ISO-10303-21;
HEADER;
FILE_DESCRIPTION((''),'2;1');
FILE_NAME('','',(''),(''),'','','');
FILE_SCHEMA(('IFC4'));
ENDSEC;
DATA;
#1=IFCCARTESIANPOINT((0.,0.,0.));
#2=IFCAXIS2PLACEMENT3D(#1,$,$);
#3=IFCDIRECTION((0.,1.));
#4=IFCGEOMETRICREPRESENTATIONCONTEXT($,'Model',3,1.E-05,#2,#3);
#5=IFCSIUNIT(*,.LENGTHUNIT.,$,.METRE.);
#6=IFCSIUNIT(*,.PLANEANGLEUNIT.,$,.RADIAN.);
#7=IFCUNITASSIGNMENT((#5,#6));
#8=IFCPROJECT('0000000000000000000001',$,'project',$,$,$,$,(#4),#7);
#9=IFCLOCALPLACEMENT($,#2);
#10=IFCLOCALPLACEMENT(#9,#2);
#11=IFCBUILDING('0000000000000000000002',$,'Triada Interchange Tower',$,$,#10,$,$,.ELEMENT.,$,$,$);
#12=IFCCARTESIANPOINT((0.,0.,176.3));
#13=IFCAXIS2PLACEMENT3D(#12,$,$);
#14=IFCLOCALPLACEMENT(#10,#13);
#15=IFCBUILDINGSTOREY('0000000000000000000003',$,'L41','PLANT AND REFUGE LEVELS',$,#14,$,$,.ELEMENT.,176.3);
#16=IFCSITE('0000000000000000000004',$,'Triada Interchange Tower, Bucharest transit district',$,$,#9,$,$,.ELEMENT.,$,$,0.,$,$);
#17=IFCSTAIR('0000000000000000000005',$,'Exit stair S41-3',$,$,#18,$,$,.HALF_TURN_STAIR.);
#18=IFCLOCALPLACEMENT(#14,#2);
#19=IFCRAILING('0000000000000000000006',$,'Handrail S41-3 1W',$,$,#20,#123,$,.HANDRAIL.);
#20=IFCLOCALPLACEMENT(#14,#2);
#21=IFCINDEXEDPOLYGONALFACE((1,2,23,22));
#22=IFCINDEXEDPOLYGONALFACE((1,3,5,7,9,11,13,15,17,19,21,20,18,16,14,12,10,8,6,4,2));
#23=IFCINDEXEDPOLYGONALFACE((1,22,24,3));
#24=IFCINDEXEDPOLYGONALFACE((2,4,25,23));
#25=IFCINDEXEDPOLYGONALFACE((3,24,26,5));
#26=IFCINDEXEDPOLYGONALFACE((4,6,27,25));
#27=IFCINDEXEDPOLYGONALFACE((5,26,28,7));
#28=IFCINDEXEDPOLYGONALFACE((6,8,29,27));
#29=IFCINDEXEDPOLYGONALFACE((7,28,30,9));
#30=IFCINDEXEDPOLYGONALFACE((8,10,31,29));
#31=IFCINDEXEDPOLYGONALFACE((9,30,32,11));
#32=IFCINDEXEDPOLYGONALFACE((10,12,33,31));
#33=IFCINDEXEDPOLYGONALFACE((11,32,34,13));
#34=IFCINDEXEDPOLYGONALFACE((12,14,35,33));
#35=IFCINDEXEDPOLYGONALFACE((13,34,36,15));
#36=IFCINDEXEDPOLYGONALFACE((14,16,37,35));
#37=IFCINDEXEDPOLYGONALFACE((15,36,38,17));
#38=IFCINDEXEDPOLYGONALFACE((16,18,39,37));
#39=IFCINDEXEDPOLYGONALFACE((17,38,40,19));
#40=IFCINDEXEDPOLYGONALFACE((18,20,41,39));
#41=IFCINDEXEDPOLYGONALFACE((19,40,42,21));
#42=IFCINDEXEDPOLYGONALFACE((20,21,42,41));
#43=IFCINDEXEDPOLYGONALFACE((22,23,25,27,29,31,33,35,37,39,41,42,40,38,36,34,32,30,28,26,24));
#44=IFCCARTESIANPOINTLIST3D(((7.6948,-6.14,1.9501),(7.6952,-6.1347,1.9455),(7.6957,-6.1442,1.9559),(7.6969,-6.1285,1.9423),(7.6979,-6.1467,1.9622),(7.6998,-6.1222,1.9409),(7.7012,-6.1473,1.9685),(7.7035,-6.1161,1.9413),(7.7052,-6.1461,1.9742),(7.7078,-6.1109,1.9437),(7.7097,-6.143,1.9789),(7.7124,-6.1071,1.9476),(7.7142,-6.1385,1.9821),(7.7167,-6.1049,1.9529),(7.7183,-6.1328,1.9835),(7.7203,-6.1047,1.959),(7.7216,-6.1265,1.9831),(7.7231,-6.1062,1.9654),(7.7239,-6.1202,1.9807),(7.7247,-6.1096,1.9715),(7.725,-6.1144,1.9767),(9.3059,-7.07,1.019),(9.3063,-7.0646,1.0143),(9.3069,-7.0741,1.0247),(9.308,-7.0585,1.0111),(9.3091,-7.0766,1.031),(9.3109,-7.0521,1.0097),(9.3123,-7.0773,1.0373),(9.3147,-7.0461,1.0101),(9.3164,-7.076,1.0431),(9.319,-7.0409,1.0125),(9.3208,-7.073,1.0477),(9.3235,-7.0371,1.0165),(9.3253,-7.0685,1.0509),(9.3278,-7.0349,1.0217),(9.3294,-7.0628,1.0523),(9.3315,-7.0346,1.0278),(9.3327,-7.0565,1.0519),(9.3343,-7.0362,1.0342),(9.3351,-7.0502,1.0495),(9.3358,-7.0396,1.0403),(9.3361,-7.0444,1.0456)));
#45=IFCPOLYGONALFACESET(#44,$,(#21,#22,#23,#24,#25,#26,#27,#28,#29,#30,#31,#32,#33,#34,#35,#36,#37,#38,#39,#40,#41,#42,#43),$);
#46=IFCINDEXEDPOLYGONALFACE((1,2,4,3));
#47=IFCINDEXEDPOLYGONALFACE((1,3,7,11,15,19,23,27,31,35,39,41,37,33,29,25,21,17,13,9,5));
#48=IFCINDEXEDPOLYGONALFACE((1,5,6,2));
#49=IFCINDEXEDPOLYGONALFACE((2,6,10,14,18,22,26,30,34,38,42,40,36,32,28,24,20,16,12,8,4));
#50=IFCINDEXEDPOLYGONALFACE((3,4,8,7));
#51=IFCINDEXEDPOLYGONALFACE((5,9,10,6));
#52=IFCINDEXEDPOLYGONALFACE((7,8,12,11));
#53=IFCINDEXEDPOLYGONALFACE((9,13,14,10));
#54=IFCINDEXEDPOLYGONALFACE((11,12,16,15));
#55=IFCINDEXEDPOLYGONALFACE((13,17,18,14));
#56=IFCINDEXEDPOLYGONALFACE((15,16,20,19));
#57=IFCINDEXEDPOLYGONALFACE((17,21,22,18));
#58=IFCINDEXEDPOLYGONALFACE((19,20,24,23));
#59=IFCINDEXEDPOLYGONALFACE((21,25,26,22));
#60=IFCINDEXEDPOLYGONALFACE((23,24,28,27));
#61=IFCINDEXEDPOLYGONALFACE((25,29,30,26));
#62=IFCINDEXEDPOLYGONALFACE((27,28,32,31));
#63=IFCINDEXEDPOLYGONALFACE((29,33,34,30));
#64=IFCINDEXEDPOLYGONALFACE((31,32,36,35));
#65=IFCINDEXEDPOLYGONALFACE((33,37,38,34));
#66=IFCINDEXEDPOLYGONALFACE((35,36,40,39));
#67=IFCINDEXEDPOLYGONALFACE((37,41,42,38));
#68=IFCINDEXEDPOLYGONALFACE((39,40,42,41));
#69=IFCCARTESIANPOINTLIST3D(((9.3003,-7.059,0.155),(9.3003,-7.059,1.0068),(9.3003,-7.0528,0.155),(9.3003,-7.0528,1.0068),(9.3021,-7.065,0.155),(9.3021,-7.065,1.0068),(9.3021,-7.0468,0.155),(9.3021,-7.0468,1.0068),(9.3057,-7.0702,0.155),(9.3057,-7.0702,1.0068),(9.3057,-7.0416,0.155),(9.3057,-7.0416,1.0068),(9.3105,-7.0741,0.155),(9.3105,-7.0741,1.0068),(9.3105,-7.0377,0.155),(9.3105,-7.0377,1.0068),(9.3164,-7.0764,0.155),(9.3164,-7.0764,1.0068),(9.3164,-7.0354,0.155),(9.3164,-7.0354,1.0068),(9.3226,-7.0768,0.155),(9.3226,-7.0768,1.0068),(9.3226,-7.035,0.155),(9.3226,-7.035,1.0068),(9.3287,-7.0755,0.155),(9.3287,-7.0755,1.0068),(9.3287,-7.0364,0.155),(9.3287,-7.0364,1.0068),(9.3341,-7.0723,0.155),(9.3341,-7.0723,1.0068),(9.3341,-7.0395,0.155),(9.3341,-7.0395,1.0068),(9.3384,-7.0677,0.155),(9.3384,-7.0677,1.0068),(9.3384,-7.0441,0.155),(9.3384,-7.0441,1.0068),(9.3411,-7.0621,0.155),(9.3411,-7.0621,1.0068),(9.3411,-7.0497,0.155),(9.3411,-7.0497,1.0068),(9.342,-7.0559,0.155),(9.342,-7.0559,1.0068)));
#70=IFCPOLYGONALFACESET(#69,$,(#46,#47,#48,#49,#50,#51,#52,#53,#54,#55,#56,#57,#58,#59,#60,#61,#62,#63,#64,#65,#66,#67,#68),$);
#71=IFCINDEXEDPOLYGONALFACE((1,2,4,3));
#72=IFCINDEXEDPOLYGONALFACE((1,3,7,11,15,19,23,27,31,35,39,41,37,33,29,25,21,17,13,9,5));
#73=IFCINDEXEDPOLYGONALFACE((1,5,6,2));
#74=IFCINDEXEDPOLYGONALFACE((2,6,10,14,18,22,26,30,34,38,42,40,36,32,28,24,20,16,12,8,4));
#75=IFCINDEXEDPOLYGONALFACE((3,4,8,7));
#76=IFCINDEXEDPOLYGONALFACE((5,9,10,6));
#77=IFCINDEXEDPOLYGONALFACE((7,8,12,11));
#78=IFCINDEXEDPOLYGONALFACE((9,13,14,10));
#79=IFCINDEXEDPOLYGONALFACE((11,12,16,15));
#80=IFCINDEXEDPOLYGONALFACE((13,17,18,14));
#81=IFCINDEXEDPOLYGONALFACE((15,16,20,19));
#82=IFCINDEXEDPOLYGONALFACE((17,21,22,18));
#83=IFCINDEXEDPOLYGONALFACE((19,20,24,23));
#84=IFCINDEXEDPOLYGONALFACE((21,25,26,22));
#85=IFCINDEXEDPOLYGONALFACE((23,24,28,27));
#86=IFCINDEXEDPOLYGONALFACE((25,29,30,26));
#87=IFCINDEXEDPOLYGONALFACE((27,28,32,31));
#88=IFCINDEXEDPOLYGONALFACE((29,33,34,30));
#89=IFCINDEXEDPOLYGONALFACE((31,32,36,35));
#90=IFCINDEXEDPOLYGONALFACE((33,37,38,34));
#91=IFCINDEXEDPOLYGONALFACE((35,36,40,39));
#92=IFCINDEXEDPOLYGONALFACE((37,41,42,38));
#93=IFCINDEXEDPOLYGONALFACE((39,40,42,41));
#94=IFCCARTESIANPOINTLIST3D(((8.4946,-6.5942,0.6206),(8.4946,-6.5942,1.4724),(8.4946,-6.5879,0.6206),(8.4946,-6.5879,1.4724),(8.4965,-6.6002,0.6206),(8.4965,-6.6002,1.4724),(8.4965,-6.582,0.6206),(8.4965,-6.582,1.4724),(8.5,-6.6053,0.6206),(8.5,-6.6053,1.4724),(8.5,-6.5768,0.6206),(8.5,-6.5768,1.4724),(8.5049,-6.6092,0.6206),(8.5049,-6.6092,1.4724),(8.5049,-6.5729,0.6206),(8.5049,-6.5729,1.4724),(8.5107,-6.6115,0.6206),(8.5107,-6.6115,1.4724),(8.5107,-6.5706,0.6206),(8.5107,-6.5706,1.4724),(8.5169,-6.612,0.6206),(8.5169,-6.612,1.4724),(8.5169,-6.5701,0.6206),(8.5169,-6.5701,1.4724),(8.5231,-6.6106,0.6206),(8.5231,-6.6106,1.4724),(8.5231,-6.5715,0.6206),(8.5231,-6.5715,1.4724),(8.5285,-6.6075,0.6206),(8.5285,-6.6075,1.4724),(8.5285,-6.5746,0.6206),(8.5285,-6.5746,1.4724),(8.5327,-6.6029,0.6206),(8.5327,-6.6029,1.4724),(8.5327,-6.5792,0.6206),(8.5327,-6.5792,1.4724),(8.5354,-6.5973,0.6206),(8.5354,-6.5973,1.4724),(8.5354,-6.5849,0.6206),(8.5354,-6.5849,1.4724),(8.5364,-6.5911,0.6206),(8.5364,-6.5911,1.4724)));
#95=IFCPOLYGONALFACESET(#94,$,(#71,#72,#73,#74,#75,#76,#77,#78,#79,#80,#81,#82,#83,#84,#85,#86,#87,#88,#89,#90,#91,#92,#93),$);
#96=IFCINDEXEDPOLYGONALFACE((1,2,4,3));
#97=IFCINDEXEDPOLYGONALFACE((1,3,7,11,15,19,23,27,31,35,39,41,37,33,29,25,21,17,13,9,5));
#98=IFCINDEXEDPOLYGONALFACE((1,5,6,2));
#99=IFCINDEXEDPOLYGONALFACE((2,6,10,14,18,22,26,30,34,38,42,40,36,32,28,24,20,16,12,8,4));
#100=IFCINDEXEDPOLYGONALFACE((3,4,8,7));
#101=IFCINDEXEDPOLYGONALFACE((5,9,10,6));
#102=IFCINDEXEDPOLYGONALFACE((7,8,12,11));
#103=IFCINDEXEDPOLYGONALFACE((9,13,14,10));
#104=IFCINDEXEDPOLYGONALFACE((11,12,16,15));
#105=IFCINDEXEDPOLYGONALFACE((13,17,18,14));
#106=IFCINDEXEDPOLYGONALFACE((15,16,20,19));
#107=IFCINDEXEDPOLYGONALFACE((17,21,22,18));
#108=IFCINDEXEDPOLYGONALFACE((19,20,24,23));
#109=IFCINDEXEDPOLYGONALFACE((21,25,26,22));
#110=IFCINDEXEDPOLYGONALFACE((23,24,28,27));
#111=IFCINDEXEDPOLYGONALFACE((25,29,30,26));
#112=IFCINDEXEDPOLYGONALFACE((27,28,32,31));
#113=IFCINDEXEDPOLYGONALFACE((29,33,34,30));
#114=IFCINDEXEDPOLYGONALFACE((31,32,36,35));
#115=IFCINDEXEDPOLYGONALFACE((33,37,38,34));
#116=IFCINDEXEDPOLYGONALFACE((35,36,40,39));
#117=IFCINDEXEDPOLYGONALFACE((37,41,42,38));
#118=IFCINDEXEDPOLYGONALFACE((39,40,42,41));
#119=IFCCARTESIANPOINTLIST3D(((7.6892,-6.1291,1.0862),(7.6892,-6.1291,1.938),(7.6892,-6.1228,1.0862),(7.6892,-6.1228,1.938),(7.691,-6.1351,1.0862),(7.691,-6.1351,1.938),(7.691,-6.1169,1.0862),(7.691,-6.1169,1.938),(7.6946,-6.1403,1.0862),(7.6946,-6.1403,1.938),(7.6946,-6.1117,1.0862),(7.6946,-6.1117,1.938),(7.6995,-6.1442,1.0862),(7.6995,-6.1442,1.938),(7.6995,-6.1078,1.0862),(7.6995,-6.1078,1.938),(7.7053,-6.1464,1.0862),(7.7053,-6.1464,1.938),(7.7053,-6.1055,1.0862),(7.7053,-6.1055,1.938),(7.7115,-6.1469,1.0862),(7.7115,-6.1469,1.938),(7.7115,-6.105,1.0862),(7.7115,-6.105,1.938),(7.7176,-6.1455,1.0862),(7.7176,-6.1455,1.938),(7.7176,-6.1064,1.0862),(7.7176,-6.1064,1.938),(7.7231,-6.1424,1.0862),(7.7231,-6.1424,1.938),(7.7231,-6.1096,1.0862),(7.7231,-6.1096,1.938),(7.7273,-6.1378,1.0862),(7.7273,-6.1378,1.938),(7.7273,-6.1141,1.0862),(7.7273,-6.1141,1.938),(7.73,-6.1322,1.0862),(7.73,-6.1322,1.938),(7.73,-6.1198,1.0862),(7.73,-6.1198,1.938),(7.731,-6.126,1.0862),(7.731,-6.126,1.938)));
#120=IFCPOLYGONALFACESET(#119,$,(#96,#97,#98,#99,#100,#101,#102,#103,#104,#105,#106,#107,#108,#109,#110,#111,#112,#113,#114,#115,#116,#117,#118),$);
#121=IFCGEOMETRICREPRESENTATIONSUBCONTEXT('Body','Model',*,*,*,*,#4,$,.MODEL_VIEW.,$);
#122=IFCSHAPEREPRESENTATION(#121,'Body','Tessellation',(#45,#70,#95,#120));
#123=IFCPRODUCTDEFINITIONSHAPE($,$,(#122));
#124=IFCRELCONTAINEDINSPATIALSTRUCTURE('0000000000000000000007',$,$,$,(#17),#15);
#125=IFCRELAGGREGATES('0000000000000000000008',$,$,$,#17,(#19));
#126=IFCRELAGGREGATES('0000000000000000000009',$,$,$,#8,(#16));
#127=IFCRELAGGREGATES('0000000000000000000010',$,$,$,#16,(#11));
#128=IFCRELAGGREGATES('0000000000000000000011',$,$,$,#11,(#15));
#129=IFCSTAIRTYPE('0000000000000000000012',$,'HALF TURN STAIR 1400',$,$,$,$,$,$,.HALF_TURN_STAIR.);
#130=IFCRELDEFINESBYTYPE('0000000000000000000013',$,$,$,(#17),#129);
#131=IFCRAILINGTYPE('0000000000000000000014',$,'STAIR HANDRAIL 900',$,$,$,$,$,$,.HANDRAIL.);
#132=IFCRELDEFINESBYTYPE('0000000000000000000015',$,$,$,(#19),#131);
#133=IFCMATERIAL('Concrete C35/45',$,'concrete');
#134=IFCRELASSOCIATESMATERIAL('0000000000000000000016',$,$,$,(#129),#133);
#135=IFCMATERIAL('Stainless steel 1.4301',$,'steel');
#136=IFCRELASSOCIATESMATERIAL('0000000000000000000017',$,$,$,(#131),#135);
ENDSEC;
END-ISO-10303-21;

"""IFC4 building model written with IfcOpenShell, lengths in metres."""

from ifc_helpers import new_model, si_unit, direction, frame, origin, origin_2d, place, context, subcontext, project, spatial, circle, extrude, material, type_object, element, aggregate, save


model = new_model("IFC4")

# Units and contexts
model_context = context("Model", 3, precision=1e-05, world=origin(), true_north=direction((0.0, 1.0)))
body_context = subcontext(model_context, "Body", "Model", "MODEL_VIEW")
ifc_project = project(units=[si_unit("LENGTHUNIT", "METRE"), si_unit("PLANEANGLEUNIT", "RADIAN")], contexts=[model_context])

# Site, building, storey
site_placement = place(None, origin())
site = spatial("IfcSite", under=ifc_project, at=site_placement, Name="Triada Interchange Tower, Bucharest transit district", CompositionType="ELEMENT", RefElevation=0.0)
building_placement = place(site_placement, origin())
building = spatial("IfcBuilding", under=site, at=building_placement, Name="Triada Interchange Tower", CompositionType="ELEMENT")
storey_placement = place(building_placement, frame((0.0, 0.0, 176.3)))
storey = spatial("IfcBuildingStorey", under=building, at=storey_placement, Name="L41", Description="PLANT AND REFUGE LEVELS", CompositionType="ELEMENT", Elevation=176.3)

# Shared definitions
ifc_material_1 = material(Name="Concrete C35/45", Category="concrete")

# Stair, railing
stair_type = type_object("IfcStairType", Name="HALF TURN STAIR 1400", PredefinedType="HALF_TURN_STAIR", material=ifc_material_1)
stair_placement = place(storey_placement, origin())
stair = element("IfcStair", 1, at=stair_placement, inside=storey, type_object=stair_type, Name="Exit stair S41-3", PredefinedType="HALF_TURN_STAIR")
ifc_material_2 = material(Name="Stainless steel 1.4301", Category="steel")
railing_type_1 = type_object("IfcRailingType", Name="STAIR HANDRAIL 900", PredefinedType="HANDRAIL", material=ifc_material_2)
railing_1_placement = place(storey_placement, frame((9.321, -7.0559, 0.155)))
railing_1 = element("IfcRailing", 2, at=railing_1_placement, type_object=railing_type_1, Name="Handrail S41-3 1W", PredefinedType="HANDRAIL", context=body_context, shape_type="SweptSolid", body=[
    extrude(circle(Radius=0.0239, at=origin_2d()), frame((0.0, 0.0, 0.876), z_axis=(-0.774469, 0.44703, 0.447617), x_axis=(-0.499908, -0.866079, 0.0)), (0.0, 0.0, 1.0), 2.0803),
    extrude(circle(Radius=0.021, at=origin_2d()), origin(), (0.0, 0.0, 1.0), 0.8518),
    extrude(circle(Radius=0.021, at=origin_2d()), frame((-0.8057, 0.4648, 0.4656)), (0.0, 0.0, 1.0), 0.8518),
    extrude(circle(Radius=0.021, at=origin_2d()), frame((-1.6111, 0.9299, 0.9312)), (0.0, 0.0, 1.0), 0.8518),
])
aggregate(stair, [railing_1])

save(model, "model.ifc")
